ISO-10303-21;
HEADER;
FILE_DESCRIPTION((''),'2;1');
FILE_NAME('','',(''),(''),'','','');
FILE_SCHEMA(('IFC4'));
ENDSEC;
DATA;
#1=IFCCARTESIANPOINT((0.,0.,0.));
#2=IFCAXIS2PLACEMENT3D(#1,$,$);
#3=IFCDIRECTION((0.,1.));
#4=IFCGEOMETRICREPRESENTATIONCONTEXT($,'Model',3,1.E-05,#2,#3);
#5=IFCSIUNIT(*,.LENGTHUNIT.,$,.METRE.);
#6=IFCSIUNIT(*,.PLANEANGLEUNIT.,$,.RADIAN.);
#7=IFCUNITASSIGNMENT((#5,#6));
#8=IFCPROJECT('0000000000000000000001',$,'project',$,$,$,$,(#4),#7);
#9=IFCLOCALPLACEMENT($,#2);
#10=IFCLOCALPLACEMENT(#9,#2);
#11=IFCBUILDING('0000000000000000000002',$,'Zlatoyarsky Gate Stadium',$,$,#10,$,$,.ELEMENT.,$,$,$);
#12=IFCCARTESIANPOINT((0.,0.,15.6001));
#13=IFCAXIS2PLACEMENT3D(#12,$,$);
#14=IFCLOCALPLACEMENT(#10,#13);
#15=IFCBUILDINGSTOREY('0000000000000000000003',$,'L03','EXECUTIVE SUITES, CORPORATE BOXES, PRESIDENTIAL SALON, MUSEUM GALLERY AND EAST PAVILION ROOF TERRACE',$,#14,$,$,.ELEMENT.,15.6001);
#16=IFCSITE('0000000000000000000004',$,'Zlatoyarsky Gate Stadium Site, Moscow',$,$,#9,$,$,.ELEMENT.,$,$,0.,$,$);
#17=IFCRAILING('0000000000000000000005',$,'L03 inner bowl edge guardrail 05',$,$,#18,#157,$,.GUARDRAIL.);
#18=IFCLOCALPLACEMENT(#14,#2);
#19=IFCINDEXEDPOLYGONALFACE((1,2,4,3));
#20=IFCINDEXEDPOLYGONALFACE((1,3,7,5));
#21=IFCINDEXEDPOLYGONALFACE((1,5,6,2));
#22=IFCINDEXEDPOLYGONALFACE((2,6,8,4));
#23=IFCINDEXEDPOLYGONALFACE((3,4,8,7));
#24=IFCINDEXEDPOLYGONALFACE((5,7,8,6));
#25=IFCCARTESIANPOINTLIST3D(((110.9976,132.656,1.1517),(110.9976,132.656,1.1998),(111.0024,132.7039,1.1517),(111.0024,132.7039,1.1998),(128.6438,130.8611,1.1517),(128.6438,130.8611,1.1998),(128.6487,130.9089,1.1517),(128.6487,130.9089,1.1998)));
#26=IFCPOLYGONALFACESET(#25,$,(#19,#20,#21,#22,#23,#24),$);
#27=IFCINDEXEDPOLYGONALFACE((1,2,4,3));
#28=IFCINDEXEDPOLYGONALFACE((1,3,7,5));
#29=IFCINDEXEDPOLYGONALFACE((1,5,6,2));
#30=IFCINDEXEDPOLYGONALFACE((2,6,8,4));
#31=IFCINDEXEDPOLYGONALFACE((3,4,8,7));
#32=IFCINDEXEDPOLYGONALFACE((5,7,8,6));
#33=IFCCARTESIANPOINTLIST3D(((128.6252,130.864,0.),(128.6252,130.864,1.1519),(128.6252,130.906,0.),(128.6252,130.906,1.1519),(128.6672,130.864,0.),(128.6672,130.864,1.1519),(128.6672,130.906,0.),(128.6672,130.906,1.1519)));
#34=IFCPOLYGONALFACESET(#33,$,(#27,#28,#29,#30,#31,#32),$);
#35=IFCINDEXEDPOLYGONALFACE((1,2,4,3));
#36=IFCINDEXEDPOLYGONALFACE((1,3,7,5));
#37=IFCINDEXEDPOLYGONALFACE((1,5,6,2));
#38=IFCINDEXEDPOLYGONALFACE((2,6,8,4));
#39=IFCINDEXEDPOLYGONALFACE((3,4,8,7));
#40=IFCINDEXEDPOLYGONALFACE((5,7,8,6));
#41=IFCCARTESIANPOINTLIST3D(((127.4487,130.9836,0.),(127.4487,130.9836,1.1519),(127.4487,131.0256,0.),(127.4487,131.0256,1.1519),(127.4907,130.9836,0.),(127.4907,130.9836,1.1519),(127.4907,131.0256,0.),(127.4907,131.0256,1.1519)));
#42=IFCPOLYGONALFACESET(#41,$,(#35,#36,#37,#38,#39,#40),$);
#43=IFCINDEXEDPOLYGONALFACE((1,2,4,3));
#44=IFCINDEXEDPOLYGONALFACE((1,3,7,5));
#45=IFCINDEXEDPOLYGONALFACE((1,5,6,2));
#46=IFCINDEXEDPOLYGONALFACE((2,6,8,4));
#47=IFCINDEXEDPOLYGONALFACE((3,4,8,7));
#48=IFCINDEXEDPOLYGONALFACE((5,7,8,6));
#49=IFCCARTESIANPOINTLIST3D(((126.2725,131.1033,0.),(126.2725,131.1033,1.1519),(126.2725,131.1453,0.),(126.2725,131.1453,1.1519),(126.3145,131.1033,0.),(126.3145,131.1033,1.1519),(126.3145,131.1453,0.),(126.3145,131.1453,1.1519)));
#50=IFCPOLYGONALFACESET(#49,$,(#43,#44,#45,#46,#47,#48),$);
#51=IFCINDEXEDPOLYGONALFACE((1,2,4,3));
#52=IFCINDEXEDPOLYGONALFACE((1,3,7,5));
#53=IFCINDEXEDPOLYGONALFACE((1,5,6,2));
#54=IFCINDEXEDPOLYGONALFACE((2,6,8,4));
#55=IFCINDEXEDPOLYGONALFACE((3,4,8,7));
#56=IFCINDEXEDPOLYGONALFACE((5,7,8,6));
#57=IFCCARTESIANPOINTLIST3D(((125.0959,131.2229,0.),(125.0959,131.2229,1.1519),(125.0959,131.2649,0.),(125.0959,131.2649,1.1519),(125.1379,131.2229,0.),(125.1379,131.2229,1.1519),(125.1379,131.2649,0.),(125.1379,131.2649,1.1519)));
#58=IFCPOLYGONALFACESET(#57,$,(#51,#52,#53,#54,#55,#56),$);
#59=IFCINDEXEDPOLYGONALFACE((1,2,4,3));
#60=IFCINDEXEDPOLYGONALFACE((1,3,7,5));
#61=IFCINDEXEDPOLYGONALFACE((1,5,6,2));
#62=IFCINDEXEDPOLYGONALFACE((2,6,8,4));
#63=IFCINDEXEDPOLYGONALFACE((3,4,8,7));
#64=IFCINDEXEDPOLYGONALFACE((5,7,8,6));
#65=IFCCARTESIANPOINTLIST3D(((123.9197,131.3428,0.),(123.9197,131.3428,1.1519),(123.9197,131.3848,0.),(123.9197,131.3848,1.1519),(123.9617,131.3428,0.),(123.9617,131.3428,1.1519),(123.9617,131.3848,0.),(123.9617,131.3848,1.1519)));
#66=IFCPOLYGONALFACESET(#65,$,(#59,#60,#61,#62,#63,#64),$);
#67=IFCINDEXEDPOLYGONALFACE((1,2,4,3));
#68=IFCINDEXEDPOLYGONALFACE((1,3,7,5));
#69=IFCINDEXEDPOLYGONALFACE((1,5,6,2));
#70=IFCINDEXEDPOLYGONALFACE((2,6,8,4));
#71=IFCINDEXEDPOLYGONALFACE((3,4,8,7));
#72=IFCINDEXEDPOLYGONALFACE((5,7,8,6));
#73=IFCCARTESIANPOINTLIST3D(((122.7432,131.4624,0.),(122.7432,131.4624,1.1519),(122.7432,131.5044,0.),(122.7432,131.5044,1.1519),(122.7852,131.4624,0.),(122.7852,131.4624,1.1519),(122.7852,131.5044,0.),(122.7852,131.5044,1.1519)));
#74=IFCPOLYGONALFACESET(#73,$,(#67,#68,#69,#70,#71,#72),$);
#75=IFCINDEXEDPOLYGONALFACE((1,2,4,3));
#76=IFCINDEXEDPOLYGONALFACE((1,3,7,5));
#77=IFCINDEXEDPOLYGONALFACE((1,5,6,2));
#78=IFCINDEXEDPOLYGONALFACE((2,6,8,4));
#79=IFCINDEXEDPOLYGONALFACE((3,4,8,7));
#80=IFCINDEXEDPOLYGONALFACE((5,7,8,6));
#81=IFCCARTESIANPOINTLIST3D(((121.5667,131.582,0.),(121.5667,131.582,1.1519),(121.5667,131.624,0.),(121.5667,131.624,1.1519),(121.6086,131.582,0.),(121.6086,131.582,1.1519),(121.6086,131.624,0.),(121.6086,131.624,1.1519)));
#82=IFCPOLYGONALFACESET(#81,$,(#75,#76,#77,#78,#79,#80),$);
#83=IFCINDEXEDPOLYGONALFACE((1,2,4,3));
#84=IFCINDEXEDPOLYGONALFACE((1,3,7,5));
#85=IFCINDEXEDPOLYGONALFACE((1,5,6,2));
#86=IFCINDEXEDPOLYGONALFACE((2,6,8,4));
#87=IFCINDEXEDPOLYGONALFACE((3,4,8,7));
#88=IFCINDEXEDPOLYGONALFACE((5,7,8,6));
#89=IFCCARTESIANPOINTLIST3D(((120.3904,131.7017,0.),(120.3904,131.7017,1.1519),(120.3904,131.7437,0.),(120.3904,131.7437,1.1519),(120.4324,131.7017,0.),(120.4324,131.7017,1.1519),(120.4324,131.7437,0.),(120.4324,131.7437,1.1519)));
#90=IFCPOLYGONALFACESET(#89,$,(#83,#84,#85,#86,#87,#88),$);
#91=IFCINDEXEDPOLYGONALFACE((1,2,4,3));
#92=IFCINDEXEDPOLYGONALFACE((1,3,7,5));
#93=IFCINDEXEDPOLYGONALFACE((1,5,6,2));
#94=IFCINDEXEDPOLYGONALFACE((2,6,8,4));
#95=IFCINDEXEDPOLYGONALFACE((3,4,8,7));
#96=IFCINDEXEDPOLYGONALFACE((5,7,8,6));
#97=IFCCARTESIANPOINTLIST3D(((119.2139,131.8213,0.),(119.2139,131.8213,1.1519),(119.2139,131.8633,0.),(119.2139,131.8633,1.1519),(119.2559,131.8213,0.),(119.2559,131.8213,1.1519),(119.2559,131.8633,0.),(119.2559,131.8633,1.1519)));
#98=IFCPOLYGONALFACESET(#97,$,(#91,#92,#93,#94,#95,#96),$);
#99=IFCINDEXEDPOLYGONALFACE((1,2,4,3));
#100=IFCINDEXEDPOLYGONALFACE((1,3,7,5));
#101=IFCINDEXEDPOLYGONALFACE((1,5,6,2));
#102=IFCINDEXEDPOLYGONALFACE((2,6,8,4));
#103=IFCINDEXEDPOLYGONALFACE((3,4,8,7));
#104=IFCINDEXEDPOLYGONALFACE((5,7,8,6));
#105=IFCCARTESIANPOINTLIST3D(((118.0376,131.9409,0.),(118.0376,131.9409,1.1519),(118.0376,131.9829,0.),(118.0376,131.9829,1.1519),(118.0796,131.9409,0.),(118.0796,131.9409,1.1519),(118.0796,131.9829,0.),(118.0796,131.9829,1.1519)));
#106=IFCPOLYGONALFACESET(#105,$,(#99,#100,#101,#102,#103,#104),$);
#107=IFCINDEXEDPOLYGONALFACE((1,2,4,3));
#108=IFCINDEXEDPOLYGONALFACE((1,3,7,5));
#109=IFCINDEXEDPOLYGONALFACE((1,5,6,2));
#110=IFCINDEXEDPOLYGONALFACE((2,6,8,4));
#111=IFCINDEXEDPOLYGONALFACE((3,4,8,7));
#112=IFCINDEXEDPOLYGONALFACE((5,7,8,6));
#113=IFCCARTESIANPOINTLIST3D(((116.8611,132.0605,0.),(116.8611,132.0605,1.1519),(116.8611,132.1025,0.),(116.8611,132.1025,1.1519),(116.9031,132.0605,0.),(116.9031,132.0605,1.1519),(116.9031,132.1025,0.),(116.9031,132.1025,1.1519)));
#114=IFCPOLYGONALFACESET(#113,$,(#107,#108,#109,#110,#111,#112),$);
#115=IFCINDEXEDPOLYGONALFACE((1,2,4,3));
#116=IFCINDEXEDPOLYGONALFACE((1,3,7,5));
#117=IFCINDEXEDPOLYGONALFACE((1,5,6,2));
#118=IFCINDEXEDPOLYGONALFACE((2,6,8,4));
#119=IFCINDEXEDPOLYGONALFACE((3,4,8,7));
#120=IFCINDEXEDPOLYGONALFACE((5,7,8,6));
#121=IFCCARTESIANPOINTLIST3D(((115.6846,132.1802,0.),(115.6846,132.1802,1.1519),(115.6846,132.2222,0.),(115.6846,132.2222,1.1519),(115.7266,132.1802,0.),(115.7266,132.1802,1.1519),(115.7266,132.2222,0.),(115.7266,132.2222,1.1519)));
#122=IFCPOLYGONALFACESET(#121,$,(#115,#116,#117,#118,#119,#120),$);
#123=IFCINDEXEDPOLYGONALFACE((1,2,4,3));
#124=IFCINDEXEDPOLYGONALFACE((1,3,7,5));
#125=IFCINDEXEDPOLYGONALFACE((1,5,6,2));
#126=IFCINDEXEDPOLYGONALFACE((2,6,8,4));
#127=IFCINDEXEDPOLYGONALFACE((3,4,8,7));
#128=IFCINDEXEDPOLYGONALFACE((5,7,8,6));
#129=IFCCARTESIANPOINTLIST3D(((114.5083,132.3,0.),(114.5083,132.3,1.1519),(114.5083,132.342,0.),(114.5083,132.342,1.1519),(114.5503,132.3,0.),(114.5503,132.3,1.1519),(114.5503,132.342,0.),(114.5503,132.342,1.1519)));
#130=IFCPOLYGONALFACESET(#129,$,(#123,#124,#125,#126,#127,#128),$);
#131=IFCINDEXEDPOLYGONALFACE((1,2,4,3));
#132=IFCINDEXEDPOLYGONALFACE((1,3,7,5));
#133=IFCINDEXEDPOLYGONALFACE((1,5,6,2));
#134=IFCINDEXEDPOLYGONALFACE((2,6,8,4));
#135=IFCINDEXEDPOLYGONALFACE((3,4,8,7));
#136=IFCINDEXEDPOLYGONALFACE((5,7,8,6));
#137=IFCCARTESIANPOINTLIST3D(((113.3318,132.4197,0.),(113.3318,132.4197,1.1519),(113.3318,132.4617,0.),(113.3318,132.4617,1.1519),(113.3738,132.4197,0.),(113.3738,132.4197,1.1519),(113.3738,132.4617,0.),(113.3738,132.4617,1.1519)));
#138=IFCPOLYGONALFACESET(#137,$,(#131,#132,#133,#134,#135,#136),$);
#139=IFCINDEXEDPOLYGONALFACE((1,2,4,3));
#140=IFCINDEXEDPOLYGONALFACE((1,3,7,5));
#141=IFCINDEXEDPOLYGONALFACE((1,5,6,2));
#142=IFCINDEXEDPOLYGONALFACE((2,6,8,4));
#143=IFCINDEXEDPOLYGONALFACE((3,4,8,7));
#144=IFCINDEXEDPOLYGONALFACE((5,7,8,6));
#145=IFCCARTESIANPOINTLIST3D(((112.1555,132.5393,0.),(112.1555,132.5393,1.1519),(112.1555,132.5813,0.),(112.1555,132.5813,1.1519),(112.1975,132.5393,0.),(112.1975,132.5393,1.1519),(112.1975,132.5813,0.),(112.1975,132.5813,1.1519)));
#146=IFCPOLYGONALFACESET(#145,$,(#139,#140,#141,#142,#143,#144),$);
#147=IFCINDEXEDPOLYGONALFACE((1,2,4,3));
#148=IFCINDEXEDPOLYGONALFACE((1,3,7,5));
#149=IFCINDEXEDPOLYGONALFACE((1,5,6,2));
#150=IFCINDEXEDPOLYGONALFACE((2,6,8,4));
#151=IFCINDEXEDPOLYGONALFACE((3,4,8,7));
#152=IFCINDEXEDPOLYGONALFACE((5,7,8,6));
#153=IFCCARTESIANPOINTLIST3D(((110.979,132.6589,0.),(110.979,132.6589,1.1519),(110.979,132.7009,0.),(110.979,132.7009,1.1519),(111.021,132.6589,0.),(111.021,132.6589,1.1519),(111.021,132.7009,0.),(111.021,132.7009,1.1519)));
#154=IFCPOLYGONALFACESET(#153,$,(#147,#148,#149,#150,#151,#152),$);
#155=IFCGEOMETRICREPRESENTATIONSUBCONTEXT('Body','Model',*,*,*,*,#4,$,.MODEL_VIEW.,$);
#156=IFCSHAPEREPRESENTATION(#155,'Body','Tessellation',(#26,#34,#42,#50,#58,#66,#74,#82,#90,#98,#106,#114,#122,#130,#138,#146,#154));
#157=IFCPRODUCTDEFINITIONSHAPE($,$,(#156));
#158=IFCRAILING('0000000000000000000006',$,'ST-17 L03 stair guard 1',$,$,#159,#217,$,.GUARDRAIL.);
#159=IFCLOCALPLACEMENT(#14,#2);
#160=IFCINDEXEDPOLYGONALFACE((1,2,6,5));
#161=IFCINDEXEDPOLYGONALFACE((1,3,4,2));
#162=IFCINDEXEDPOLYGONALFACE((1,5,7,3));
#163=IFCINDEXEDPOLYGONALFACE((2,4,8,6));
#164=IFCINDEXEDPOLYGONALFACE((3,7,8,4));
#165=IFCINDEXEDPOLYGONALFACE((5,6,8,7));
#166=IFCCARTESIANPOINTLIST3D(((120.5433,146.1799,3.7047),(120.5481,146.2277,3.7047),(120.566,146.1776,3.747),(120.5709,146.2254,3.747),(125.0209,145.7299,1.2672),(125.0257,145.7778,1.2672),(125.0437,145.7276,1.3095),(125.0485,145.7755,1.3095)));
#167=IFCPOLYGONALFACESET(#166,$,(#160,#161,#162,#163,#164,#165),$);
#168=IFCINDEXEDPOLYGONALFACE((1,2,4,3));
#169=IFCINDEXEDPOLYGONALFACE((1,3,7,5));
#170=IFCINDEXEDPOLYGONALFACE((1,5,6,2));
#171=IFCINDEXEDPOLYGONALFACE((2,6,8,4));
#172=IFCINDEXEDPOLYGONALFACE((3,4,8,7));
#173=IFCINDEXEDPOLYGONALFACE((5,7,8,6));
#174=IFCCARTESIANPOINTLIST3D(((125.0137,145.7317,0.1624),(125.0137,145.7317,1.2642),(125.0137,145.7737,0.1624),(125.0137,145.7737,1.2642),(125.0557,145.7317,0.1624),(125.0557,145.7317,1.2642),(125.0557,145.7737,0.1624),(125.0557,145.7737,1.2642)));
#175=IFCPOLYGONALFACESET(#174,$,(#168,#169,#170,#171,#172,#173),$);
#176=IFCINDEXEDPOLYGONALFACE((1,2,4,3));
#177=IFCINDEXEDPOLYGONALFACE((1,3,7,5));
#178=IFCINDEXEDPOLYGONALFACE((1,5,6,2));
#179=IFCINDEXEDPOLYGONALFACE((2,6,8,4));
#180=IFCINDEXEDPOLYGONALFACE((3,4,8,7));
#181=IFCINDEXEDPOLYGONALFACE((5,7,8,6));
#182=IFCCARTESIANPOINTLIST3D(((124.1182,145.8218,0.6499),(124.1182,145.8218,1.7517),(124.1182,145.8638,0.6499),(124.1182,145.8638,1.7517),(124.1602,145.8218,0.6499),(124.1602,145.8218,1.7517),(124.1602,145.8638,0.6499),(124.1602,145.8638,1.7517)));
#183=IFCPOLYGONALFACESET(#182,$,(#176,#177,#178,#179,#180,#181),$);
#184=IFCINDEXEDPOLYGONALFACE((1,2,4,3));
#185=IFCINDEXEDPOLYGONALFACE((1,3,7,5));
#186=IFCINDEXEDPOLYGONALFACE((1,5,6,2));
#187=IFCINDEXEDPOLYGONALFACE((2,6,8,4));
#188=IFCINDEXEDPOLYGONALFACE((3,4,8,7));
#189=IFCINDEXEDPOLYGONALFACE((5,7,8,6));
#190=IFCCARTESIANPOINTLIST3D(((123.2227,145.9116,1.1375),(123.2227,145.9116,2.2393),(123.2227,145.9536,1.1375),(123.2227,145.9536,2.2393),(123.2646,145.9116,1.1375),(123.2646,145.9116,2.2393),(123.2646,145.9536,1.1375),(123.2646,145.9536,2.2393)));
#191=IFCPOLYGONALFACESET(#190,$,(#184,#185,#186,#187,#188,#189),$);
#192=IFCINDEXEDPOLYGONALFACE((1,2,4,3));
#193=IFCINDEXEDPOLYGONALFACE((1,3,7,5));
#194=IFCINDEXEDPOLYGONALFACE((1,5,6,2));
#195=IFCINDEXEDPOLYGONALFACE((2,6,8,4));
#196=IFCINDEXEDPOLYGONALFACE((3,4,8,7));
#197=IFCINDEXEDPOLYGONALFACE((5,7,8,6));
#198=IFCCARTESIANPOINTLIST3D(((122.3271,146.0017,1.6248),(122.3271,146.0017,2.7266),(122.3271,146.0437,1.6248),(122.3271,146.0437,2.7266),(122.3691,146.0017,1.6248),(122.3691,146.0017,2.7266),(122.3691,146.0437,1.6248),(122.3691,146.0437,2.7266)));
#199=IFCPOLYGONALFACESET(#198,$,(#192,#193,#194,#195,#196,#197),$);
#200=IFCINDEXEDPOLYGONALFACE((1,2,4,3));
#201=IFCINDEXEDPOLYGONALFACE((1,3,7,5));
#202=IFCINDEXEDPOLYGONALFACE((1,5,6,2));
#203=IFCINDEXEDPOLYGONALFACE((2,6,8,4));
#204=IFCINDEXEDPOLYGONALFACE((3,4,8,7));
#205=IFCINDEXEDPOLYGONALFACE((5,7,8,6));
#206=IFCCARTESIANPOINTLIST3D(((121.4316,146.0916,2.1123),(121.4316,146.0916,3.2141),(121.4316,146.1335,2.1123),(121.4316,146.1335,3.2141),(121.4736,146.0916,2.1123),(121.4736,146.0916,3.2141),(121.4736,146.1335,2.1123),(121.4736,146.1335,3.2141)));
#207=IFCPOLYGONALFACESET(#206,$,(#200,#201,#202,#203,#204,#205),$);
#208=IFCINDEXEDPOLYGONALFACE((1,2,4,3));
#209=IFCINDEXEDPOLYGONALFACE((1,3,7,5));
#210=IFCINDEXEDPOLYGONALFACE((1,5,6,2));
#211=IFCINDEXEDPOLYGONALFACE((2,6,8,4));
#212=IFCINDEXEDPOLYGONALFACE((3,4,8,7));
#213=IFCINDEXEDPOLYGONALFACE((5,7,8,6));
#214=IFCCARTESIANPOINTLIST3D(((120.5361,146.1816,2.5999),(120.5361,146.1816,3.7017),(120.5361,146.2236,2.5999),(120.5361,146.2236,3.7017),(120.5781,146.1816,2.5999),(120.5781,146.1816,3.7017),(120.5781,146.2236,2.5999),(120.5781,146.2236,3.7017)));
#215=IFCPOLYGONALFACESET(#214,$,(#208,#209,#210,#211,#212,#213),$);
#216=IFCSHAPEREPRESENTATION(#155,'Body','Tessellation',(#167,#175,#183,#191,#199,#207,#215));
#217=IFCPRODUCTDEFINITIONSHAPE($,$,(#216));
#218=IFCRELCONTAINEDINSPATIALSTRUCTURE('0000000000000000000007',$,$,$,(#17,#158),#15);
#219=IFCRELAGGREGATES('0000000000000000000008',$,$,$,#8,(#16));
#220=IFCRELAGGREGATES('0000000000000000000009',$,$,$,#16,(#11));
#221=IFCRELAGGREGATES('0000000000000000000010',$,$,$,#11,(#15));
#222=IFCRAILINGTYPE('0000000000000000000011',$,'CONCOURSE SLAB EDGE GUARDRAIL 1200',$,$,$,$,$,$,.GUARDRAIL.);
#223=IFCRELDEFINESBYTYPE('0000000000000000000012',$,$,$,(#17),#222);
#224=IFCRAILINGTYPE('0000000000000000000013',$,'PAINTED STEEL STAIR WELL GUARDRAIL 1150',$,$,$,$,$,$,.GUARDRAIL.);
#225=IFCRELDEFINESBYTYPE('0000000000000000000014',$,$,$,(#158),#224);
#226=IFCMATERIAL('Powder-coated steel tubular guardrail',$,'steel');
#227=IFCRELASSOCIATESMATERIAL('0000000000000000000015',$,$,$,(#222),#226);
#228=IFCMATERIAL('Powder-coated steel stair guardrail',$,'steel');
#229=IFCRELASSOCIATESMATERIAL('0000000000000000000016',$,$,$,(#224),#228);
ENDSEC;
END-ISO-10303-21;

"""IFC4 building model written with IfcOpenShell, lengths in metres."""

from ifc_helpers import new_model, si_unit, direction, frame, origin, origin_2d, place, context, subcontext, project, spatial, rectangle, extrude, material, type_object, element, save


model = new_model("IFC4")

# Units and contexts
model_context = context("Model", 3, precision=1e-05, world=origin(), true_north=direction((0.0, 1.0)))
body_context = subcontext(model_context, "Body", "Model", "MODEL_VIEW")
ifc_project = project(units=[si_unit("LENGTHUNIT", "METRE"), si_unit("PLANEANGLEUNIT", "RADIAN")], contexts=[model_context])

# Site, building, storey
site_placement = place(None, origin())
site = spatial("IfcSite", under=ifc_project, at=site_placement, Name="Zlatoyarsky Gate Stadium Site, Moscow", CompositionType="ELEMENT", RefElevation=0.0)
building_placement = place(site_placement, origin())
building = spatial("IfcBuilding", under=site, at=building_placement, Name="Zlatoyarsky Gate Stadium", CompositionType="ELEMENT")
storey_placement = place(building_placement, frame((0.0, 0.0, 15.6001)))
storey = spatial("IfcBuildingStorey", under=building, at=storey_placement, Name="L03", Description="EXECUTIVE SUITES, CORPORATE BOXES, PRESIDENTIAL SALON, MUSEUM GALLERY AND EAST PAVILION ROOF TERRACE", CompositionType="ELEMENT", Elevation=15.6001)

# Railings
ifc_material_1 = material(Name="Powder-coated steel tubular guardrail", Category="steel")
railing_type_1 = type_object("IfcRailingType", Name="CONCOURSE SLAB EDGE GUARDRAIL 1200", PredefinedType="GUARDRAIL", material=ifc_material_1)
railing_1_placement = place(storey_placement, frame((128.6462, 130.885, 0.0)))
element("IfcRailing", 1, at=railing_1_placement, inside=storey, type_object=railing_type_1, Name="L03 inner bowl edge guardrail 05", PredefinedType="GUARDRAIL", context=body_context, shape_type="SweptSolid", body=[
    extrude(rectangle(XDim=0.0481, YDim=0.0481, at=origin_2d()), frame((0.0, 0.0, 1.1758), z_axis=(-0.994867, 0.101195, 0.0), x_axis=(-0.101195, -0.994867, 0.0)), (0.0, 0.0, 1.0), 17.7373),
    extrude(rectangle(XDim=0.042, YDim=0.042, at=origin_2d()), origin(), (0.0, 0.0, 1.0), 1.1519),
    extrude(rectangle(XDim=0.042, YDim=0.042, at=origin_2d()), frame((-1.1765, 0.1196, 0.0)), (0.0, 0.0, 1.0), 1.1519),
    extrude(rectangle(XDim=0.042, YDim=0.042, at=origin_2d()), frame((-2.3528, 0.2393, 0.0)), (0.0, 0.0, 1.0), 1.1519),
    extrude(rectangle(XDim=0.042, YDim=0.042, at=origin_2d()), frame((-3.5293, 0.3589, 0.0)), (0.0, 0.0, 1.0), 1.1519),
    extrude(rectangle(XDim=0.042, YDim=0.042, at=origin_2d()), frame((-4.7056, 0.4788, 0.0)), (0.0, 0.0, 1.0), 1.1519),
    extrude(rectangle(XDim=0.042, YDim=0.042, at=origin_2d()), frame((-5.8821, 0.5984, 0.0)), (0.0, 0.0, 1.0), 1.1519),
    extrude(rectangle(XDim=0.042, YDim=0.042, at=origin_2d()), frame((-7.0586, 0.718, 0.0)), (0.0, 0.0, 1.0), 1.1519),
    extrude(rectangle(XDim=0.042, YDim=0.042, at=origin_2d()), frame((-8.2349, 0.8376, 0.0)), (0.0, 0.0, 1.0), 1.1519),
    extrude(rectangle(XDim=0.042, YDim=0.042, at=origin_2d()), frame((-9.4114, 0.9573, 0.0)), (0.0, 0.0, 1.0), 1.1519),
    extrude(rectangle(XDim=0.042, YDim=0.042, at=origin_2d()), frame((-10.5876, 1.0769, 0.0)), (0.0, 0.0, 1.0), 1.1519),
    extrude(rectangle(XDim=0.042, YDim=0.042, at=origin_2d()), frame((-11.7642, 1.1965, 0.0)), (0.0, 0.0, 1.0), 1.1519),
    extrude(rectangle(XDim=0.042, YDim=0.042, at=origin_2d()), frame((-12.9407, 1.3162, 0.0)), (0.0, 0.0, 1.0), 1.1519),
    extrude(rectangle(XDim=0.042, YDim=0.042, at=origin_2d()), frame((-14.1169, 1.436, 0.0)), (0.0, 0.0, 1.0), 1.1519),
    extrude(rectangle(XDim=0.042, YDim=0.042, at=origin_2d()), frame((-15.2935, 1.5557, 0.0)), (0.0, 0.0, 1.0), 1.1519),
    extrude(rectangle(XDim=0.042, YDim=0.042, at=origin_2d()), frame((-16.4697, 1.6753, 0.0)), (0.0, 0.0, 1.0), 1.1519),
    extrude(rectangle(XDim=0.042, YDim=0.042, at=origin_2d()), frame((-17.6462, 1.7949, 0.0)), (0.0, 0.0, 1.0), 1.1519),
])
ifc_material_2 = material(Name="Powder-coated steel stair guardrail", Category="steel")
railing_type_2 = type_object("IfcRailingType", Name="PAINTED STEEL STAIR WELL GUARDRAIL 1150", PredefinedType="GUARDRAIL", material=ifc_material_2)
railing_2_placement = place(storey_placement, frame((125.0347, 145.7527, 0.1624)))
element("IfcRailing", 2, at=railing_2_placement, inside=storey, type_object=railing_type_2, Name="ST-17 L03 stair guard 1", PredefinedType="GUARDRAIL", context=body_context, shape_type="SweptSolid", body=[
    extrude(rectangle(XDim=0.0481, YDim=0.0481, at=origin_2d()), frame((0.0, 0.0, 1.126), z_axis=(-0.87489, 0.087918, 0.476276), x_axis=(-0.099987, -0.994989, 0.0)), (0.0, 0.0, 1.0), 5.1179),
    extrude(rectangle(XDim=0.042, YDim=0.042, at=origin_2d()), origin(), (0.0, 0.0, 1.0), 1.1018),
    extrude(rectangle(XDim=0.042, YDim=0.042, at=origin_2d()), frame((-0.8955, 0.0901, 0.4875)), (0.0, 0.0, 1.0), 1.1018),
    extrude(rectangle(XDim=0.042, YDim=0.042, at=origin_2d()), frame((-1.791, 0.1799, 0.9751)), (0.0, 0.0, 1.0), 1.1018),
    extrude(rectangle(XDim=0.042, YDim=0.042, at=origin_2d()), frame((-2.6865, 0.27, 1.4624)), (0.0, 0.0, 1.0), 1.1018),
    extrude(rectangle(XDim=0.042, YDim=0.042, at=origin_2d()), frame((-3.582, 0.3599, 1.95)), (0.0, 0.0, 1.0), 1.1018),
    extrude(rectangle(XDim=0.042, YDim=0.042, at=origin_2d()), frame((-4.4775, 0.45, 2.4375)), (0.0, 0.0, 1.0), 1.1018),
])

save(model, "model.ifc")
